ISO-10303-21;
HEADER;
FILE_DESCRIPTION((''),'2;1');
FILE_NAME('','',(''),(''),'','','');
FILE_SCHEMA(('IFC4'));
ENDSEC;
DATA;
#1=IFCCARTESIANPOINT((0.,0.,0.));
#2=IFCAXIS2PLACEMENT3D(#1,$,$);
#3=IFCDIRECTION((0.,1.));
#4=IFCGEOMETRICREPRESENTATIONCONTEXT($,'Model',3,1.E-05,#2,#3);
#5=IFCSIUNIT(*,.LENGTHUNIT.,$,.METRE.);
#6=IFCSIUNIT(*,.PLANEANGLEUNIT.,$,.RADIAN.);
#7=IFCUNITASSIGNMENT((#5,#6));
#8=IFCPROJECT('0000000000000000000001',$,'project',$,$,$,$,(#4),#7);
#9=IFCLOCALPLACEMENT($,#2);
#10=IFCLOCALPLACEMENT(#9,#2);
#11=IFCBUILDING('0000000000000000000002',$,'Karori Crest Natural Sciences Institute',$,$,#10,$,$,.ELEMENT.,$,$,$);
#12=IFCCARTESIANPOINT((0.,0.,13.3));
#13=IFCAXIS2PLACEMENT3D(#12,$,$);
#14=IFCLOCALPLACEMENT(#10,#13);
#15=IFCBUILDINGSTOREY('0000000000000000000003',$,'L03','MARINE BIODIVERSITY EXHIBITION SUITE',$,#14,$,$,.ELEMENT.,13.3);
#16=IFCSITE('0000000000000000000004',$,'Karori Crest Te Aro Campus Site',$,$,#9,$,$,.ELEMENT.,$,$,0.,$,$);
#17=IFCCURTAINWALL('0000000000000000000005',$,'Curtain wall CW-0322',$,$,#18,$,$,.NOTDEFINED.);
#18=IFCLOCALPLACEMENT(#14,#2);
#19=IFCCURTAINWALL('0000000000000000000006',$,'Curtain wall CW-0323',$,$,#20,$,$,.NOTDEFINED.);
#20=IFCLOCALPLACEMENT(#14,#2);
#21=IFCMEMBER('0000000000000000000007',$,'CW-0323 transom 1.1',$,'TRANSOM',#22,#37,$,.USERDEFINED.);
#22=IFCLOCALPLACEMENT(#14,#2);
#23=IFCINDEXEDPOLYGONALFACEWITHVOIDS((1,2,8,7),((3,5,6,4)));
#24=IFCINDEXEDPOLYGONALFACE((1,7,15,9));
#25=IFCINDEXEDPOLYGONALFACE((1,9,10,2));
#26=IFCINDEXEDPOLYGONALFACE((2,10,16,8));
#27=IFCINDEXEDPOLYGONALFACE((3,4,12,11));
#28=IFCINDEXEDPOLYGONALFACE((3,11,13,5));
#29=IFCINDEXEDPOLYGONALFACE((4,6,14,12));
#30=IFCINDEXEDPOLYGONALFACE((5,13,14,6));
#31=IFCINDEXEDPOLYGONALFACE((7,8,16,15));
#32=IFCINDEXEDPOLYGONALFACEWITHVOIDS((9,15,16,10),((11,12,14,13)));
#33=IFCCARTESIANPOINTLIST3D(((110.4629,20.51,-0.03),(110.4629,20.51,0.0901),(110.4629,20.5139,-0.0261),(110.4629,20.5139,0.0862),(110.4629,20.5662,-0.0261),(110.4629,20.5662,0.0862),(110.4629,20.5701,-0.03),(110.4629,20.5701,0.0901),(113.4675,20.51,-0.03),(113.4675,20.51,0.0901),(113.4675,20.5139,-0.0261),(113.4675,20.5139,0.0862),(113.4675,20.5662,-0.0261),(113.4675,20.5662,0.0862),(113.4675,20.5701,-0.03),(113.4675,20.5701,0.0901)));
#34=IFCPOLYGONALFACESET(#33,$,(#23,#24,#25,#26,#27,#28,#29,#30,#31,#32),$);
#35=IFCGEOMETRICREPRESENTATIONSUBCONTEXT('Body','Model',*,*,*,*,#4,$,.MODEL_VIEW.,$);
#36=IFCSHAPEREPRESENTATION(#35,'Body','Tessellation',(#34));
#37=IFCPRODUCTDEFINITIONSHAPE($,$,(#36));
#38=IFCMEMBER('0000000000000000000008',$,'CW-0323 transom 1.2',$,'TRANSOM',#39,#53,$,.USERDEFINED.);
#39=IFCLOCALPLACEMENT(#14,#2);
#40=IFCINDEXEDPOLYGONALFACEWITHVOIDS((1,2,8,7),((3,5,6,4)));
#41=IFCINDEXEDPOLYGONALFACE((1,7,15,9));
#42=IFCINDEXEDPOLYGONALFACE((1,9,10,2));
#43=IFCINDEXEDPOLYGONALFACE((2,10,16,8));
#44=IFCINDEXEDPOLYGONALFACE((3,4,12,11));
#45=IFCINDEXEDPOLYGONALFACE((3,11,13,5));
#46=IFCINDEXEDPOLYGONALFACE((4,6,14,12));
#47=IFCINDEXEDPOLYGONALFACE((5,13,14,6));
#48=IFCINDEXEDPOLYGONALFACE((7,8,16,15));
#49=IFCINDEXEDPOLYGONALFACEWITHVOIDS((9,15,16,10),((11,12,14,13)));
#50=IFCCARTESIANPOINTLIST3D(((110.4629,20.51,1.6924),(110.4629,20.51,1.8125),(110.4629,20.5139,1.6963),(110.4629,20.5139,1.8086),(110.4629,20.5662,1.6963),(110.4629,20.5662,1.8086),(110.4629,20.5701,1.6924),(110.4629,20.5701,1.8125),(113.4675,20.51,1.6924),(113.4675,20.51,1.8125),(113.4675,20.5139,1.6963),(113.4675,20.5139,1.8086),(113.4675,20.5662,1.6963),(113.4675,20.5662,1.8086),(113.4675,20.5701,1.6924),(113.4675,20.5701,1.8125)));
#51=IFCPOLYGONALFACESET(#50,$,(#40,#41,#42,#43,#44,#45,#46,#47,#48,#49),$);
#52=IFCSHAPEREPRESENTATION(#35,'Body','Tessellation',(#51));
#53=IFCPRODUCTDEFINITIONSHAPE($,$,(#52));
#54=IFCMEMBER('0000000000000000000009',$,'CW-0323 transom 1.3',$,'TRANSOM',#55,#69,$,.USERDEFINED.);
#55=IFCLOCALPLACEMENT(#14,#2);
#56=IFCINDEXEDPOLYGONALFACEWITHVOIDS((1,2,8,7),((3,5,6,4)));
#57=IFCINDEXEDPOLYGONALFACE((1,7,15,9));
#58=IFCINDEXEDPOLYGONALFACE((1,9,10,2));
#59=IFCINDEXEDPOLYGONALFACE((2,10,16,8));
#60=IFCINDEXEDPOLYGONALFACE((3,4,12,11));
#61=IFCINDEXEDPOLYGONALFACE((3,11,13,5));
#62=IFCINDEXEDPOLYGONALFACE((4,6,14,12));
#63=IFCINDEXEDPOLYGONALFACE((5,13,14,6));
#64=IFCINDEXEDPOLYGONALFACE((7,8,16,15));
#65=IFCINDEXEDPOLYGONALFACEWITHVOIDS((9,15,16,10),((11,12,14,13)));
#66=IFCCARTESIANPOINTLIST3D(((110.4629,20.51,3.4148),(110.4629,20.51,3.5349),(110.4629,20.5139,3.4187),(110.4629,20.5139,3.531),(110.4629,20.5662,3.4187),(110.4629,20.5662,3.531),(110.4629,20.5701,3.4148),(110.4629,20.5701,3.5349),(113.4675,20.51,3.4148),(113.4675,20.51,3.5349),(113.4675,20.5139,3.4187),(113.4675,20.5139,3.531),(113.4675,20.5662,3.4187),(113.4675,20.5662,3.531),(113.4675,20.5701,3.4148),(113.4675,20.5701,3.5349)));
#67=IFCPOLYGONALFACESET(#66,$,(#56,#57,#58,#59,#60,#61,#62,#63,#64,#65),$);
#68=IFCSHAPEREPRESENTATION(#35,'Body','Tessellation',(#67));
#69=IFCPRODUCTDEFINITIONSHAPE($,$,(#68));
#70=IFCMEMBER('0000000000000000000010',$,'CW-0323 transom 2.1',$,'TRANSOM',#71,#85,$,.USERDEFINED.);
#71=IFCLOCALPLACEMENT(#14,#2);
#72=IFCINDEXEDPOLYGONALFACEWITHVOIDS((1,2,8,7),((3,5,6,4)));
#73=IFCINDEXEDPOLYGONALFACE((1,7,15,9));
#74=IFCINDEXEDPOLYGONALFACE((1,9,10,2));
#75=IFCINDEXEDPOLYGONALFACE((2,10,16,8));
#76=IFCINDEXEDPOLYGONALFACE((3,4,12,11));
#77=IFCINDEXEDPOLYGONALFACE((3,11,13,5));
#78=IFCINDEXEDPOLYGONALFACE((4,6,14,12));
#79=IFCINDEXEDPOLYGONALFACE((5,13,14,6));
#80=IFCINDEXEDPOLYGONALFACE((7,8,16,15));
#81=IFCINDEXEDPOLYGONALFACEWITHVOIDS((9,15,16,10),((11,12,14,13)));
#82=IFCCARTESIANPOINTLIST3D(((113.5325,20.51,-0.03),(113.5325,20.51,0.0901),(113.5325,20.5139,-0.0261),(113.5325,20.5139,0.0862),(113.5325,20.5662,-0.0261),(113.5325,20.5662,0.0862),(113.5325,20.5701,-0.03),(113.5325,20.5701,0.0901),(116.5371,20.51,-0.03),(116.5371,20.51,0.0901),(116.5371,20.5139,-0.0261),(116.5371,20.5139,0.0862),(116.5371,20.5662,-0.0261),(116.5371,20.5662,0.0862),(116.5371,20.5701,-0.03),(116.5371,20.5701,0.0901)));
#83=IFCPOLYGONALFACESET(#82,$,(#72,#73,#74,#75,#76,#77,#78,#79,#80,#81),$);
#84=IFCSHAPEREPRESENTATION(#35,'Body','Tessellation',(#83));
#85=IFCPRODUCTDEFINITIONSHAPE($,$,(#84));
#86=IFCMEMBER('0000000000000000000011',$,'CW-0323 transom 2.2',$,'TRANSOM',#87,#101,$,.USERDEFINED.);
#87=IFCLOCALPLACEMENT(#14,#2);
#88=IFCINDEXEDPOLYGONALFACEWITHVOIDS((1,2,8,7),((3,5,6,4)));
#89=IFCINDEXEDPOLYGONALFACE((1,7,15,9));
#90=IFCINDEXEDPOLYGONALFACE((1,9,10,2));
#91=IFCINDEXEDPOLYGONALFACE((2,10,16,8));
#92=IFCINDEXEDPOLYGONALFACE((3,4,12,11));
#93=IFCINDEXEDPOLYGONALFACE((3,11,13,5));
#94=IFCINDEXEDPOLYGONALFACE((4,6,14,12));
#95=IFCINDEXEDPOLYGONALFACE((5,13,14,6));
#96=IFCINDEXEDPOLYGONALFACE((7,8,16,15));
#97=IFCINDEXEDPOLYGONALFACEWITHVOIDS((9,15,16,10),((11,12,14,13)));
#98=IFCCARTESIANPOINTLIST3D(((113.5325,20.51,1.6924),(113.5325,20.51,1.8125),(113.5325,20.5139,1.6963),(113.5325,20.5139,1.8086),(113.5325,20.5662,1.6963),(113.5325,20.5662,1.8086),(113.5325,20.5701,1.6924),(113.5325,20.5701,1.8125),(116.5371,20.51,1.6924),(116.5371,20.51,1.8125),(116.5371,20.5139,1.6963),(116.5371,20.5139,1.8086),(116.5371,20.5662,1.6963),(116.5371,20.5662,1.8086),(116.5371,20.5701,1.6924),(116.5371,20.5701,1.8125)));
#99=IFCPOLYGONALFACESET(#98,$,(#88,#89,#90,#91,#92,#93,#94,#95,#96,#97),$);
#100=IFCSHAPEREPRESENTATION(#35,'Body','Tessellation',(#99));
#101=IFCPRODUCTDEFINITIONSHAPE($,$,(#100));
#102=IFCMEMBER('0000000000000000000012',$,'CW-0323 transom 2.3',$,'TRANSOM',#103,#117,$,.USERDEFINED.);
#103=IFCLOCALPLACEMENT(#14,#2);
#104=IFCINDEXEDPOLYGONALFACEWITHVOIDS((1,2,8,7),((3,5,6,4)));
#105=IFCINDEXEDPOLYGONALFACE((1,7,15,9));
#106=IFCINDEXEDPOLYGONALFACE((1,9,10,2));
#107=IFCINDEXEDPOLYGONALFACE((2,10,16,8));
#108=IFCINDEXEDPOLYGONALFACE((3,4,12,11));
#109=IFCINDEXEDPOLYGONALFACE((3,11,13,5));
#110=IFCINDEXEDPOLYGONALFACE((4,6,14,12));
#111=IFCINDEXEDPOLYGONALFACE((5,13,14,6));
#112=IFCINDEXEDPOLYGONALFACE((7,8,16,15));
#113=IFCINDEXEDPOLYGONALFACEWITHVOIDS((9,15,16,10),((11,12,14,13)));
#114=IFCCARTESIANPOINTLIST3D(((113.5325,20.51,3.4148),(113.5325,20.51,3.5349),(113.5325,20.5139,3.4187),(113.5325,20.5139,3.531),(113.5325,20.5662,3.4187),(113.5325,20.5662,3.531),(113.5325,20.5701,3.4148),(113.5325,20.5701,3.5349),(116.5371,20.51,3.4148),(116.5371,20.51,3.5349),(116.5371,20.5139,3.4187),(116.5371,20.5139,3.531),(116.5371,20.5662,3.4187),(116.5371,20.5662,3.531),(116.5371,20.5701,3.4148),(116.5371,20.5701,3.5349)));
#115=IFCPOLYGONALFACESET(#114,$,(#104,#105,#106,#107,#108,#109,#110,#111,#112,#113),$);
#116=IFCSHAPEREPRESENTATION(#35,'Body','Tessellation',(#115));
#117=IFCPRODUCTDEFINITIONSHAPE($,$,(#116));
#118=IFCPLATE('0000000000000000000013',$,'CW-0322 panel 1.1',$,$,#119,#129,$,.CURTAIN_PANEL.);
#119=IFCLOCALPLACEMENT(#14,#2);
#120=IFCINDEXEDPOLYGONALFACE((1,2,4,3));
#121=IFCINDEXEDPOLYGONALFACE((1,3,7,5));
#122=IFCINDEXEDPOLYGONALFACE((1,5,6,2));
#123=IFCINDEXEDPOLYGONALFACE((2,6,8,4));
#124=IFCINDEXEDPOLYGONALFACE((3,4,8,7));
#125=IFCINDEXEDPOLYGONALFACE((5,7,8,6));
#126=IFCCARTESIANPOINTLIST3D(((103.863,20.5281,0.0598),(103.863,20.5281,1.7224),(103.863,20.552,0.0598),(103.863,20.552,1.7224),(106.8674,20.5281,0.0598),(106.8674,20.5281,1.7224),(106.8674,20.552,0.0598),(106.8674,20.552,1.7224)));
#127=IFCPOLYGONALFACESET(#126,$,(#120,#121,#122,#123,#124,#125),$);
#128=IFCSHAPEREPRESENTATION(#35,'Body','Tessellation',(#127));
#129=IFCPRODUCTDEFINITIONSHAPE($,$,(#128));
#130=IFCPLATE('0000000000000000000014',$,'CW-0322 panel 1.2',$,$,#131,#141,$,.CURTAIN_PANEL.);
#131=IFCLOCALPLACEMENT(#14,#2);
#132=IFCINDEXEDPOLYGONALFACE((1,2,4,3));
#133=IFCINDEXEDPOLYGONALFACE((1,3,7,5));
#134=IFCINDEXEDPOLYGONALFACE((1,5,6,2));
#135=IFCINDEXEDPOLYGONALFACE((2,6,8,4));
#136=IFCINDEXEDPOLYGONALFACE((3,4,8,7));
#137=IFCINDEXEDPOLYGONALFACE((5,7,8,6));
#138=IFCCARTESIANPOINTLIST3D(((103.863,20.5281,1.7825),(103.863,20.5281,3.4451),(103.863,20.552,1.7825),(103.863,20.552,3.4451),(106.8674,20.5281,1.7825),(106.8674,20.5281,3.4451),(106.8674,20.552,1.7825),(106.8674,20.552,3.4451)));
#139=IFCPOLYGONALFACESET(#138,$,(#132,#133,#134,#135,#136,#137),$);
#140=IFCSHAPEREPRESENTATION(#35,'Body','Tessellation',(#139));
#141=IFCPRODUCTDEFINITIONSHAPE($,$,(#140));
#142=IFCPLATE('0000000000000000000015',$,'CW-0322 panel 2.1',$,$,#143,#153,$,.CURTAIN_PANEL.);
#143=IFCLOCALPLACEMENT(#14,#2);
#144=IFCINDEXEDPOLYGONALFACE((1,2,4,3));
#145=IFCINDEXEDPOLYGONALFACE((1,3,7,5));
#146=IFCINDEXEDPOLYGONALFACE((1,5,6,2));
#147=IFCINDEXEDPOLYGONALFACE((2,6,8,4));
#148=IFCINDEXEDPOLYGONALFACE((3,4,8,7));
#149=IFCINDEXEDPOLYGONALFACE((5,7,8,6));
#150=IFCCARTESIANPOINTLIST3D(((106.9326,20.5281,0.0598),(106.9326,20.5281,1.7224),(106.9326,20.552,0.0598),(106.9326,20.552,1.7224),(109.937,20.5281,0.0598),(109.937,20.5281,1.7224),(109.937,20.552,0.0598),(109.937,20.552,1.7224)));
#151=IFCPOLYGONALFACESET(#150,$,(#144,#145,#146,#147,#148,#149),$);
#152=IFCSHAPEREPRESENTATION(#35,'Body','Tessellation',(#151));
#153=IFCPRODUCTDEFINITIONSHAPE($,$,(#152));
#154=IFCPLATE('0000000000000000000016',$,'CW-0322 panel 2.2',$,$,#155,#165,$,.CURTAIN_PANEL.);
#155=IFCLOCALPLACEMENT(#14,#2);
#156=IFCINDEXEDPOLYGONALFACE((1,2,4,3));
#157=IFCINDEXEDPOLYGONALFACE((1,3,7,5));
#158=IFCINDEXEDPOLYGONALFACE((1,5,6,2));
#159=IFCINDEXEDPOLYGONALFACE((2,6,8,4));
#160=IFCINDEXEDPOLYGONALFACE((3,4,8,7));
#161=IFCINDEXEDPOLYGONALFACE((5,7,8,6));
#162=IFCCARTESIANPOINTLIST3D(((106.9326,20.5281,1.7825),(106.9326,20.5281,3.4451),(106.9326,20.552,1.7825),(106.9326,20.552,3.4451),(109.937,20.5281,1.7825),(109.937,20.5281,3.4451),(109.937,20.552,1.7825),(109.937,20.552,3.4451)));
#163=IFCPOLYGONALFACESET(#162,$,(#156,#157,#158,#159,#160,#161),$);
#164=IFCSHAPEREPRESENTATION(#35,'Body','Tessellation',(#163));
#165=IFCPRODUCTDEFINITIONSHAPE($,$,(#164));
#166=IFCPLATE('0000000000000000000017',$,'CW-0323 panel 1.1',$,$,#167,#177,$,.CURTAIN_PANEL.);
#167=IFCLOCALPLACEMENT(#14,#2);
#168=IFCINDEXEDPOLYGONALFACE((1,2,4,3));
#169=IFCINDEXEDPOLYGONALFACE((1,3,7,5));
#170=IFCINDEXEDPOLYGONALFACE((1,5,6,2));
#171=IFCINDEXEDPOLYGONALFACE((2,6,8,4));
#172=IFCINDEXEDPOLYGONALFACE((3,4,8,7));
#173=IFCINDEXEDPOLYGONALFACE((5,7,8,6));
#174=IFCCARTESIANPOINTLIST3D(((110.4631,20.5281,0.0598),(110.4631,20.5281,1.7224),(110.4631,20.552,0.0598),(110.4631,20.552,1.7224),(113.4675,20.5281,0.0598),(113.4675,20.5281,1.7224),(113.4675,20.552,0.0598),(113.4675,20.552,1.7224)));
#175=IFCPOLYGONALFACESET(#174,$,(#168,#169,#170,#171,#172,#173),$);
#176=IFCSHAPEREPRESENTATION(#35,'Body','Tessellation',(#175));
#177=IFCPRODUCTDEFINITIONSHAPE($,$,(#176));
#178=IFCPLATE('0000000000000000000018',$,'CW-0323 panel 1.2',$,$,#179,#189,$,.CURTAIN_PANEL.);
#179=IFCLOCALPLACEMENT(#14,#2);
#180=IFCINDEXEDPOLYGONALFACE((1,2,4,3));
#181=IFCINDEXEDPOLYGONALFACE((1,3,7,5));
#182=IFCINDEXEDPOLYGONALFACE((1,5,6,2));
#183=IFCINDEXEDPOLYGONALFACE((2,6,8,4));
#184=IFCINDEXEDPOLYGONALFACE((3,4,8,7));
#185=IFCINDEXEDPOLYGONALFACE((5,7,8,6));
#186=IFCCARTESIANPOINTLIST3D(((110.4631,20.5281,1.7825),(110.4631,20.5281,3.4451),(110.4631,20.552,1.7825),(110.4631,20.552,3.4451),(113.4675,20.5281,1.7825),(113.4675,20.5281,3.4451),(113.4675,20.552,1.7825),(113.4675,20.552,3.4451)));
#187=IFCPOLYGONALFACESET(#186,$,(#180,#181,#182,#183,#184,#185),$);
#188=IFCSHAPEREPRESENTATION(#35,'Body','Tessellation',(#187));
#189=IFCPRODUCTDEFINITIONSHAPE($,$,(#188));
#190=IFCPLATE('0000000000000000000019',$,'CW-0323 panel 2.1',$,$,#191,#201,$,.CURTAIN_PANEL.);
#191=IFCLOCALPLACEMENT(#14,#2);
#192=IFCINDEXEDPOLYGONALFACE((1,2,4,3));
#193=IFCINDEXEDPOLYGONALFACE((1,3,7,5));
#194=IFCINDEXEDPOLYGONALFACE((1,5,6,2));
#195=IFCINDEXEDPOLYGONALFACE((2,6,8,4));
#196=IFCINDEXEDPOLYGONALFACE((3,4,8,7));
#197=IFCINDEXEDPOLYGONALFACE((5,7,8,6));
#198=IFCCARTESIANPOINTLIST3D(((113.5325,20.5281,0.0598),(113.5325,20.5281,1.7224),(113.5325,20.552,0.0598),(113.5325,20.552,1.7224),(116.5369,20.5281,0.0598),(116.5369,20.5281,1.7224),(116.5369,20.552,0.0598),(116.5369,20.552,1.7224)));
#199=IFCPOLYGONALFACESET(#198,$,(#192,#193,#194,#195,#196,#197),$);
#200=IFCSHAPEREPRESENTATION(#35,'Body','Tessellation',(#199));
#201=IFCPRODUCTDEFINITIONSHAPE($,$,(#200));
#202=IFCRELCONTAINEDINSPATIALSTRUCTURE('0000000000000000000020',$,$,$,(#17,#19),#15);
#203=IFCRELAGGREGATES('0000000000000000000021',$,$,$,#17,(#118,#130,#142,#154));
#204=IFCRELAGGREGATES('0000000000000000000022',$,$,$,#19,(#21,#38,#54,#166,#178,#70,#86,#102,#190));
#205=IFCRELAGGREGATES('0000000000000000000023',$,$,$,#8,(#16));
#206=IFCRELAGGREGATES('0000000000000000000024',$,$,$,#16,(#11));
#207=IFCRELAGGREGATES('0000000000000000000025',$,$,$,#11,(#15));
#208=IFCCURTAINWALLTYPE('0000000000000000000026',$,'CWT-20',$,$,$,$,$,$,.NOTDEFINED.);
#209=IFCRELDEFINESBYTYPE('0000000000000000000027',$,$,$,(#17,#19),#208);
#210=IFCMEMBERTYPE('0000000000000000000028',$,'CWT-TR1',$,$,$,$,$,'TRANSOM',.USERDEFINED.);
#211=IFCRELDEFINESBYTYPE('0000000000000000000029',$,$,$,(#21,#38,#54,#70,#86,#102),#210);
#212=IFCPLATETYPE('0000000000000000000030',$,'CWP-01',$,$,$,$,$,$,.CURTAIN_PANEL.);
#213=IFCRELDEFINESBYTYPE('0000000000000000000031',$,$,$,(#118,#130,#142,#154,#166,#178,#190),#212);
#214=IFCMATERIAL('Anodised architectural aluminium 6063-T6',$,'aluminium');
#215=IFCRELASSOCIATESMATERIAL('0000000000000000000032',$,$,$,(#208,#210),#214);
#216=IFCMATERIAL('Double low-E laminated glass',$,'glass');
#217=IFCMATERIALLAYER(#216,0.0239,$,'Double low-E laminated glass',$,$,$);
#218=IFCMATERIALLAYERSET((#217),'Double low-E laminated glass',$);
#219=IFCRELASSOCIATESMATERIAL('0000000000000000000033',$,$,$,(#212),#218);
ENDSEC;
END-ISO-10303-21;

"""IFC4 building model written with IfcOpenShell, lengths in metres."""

from ifc_helpers import new_model, si_unit, direction, frame, origin, origin_2d, place, context, subcontext, project, spatial, rectangle, hollow_rectangle, extrude, material, layer, layer_set, material_profile, profile_set, type_object, element, aggregate, save


model = new_model("IFC4")

# Units and contexts
model_context = context("Model", 3, precision=1e-05, world=origin(), true_north=direction((0.0, 1.0)))
body_context = subcontext(model_context, "Body", "Model", "MODEL_VIEW")
ifc_project = project(units=[si_unit("LENGTHUNIT", "METRE"), si_unit("PLANEANGLEUNIT", "RADIAN")], contexts=[model_context])

# Site, building, storey
site_placement = place(None, origin())
site = spatial("IfcSite", under=ifc_project, at=site_placement, Name="Karori Crest Te Aro Campus Site", CompositionType="ELEMENT", RefElevation=0.0)
building_placement = place(site_placement, origin())
building = spatial("IfcBuilding", under=site, at=building_placement, Name="Karori Crest Natural Sciences Institute", CompositionType="ELEMENT")
storey_placement = place(building_placement, frame((0.0, 0.0, 13.3)))
storey = spatial("IfcBuildingStorey", under=building, at=storey_placement, Name="L03", Description="MARINE BIODIVERSITY EXHIBITION SUITE", CompositionType="ELEMENT", Elevation=13.3)

# Curtain walls
ifc_material_1 = material(Name="Anodised architectural aluminium 6063-T6", Category="aluminium")
curtain_wall_type = type_object("IfcCurtainWallType", Name="CWT-20", PredefinedType="NOTDEFINED", material=ifc_material_1)
curtain_wall_1_placement = place(storey_placement, origin())
curtain_wall_1 = element("IfcCurtainWall", 1, at=curtain_wall_1_placement, inside=storey, type_object=curtain_wall_type, Name="Curtain wall CW-0322", PredefinedType="NOTDEFINED")
curtain_wall_2_placement = place(storey_placement, origin())
curtain_wall_2 = element("IfcCurtainWall", 2, at=curtain_wall_2_placement, inside=storey, type_object=curtain_wall_type, Name="Curtain wall CW-0323", PredefinedType="NOTDEFINED")

# Members
ifc_material_profile_1 = material_profile(ifc_material_1, hollow_rectangle(XDim=0.0601, YDim=0.1201, WallThickness=0.0039, at=origin_2d()), Name="CWT120x60x4")
ifc_profile_set_1 = profile_set([ifc_material_profile_1], Name="Anodised architectural aluminium 6063-T6")
member_type_1 = type_object("IfcMemberType", Name="CWT-TR1", ElementType="TRANSOM", PredefinedType="USERDEFINED", material=ifc_profile_set_1)
member_1_placement = place(storey_placement, frame((110.4629, 20.54, 0.03), z_axis=(1.0, 0.0, 0.0), x_axis=(0.0, 1.0, 0.0)))
member_1 = element("IfcMember", 3, at=member_1_placement, type_object=member_type_1, Name="CW-0323 transom 1.1", ObjectType="TRANSOM", PredefinedType="USERDEFINED", context=body_context, shape_type="SweptSolid", body=[
    extrude(hollow_rectangle(XDim=0.0601, YDim=0.1201, WallThickness=0.0039, at=origin_2d()), origin(), (0.0, 0.0, 1.0), 3.0046),
])
member_2_placement = place(storey_placement, frame((110.4629, 20.54, 1.7524), z_axis=(1.0, 0.0, 0.0), x_axis=(0.0, 1.0, 0.0)))
member_2 = element("IfcMember", 4, at=member_2_placement, type_object=member_type_1, Name="CW-0323 transom 1.2", ObjectType="TRANSOM", PredefinedType="USERDEFINED", context=body_context, shape_type="SweptSolid", body=[
    extrude(hollow_rectangle(XDim=0.0601, YDim=0.1201, WallThickness=0.0039, at=origin_2d()), origin(), (0.0, 0.0, 1.0), 3.0046),
])
member_3_placement = place(storey_placement, frame((110.4629, 20.54, 3.4749), z_axis=(1.0, 0.0, 0.0), x_axis=(0.0, 1.0, 0.0)))
member_3 = element("IfcMember", 5, at=member_3_placement, type_object=member_type_1, Name="CW-0323 transom 1.3", ObjectType="TRANSOM", PredefinedType="USERDEFINED", context=body_context, shape_type="SweptSolid", body=[
    extrude(hollow_rectangle(XDim=0.0601, YDim=0.1201, WallThickness=0.0039, at=origin_2d()), origin(), (0.0, 0.0, 1.0), 3.0046),
])
member_4_placement = place(storey_placement, frame((113.5325, 20.54, 0.03), z_axis=(1.0, 0.0, 0.0), x_axis=(0.0, 1.0, 0.0)))
member_4 = element("IfcMember", 6, at=member_4_placement, type_object=member_type_1, Name="CW-0323 transom 2.1", ObjectType="TRANSOM", PredefinedType="USERDEFINED", context=body_context, shape_type="SweptSolid", body=[
    extrude(hollow_rectangle(XDim=0.0601, YDim=0.1201, WallThickness=0.0039, at=origin_2d()), origin(), (0.0, 0.0, 1.0), 3.0046),
])
member_5_placement = place(storey_placement, frame((113.5325, 20.54, 1.7524), z_axis=(1.0, 0.0, 0.0), x_axis=(0.0, 1.0, 0.0)))
member_5 = element("IfcMember", 7, at=member_5_placement, type_object=member_type_1, Name="CW-0323 transom 2.2", ObjectType="TRANSOM", PredefinedType="USERDEFINED", context=body_context, shape_type="SweptSolid", body=[
    extrude(hollow_rectangle(XDim=0.0601, YDim=0.1201, WallThickness=0.0039, at=origin_2d()), origin(), (0.0, 0.0, 1.0), 3.0046),
])
member_6_placement = place(storey_placement, frame((113.5325, 20.54, 3.4749), z_axis=(1.0, 0.0, 0.0), x_axis=(0.0, 1.0, 0.0)))
member_6 = element("IfcMember", 8, at=member_6_placement, type_object=member_type_1, Name="CW-0323 transom 2.3", ObjectType="TRANSOM", PredefinedType="USERDEFINED", context=body_context, shape_type="SweptSolid", body=[
    extrude(hollow_rectangle(XDim=0.0601, YDim=0.1201, WallThickness=0.0039, at=origin_2d()), origin(), (0.0, 0.0, 1.0), 3.0046),
])

# Plates
ifc_material_2 = material(Name="Double low-E laminated glass", Category="glass")
ifc_layer = layer(ifc_material_2, 0.0239, Name="Double low-E laminated glass")
ifc_layer_set = layer_set([ifc_layer], Name="Double low-E laminated glass")
plate_type = type_object("IfcPlateType", Name="CWP-01", PredefinedType="CURTAIN_PANEL", material=ifc_layer_set)
plate_1_placement = place(storey_placement, frame((105.3652, 20.54, 0.0598), z_axis=(0.0, 0.0, 1.0), x_axis=(1.0, 0.0, 0.0)))
plate_1 = element("IfcPlate", 9, at=plate_1_placement, type_object=plate_type, Name="CW-0322 panel 1.1", PredefinedType="CURTAIN_PANEL", context=body_context, shape_type="SweptSolid", body=[
    extrude(rectangle(XDim=3.0044, YDim=0.0239, at=origin_2d()), origin(), (0.0, 0.0, 1.0), 1.6626),
])
plate_2_placement = place(storey_placement, frame((105.3652, 20.54, 1.7825), z_axis=(0.0, 0.0, 1.0), x_axis=(1.0, 0.0, 0.0)))
plate_2 = element("IfcPlate", 10, at=plate_2_placement, type_object=plate_type, Name="CW-0322 panel 1.2", PredefinedType="CURTAIN_PANEL", context=body_context, shape_type="SweptSolid", body=[
    extrude(rectangle(XDim=3.0044, YDim=0.0239, at=origin_2d()), origin(), (0.0, 0.0, 1.0), 1.6626),
])
plate_3_placement = place(storey_placement, frame((108.4348, 20.54, 0.0598), z_axis=(0.0, 0.0, 1.0), x_axis=(1.0, 0.0, 0.0)))
plate_3 = element("IfcPlate", 11, at=plate_3_placement, type_object=plate_type, Name="CW-0322 panel 2.1", PredefinedType="CURTAIN_PANEL", context=body_context, shape_type="SweptSolid", body=[
    extrude(rectangle(XDim=3.0044, YDim=0.0239, at=origin_2d()), origin(), (0.0, 0.0, 1.0), 1.6626),
])
plate_4_placement = place(storey_placement, frame((108.4348, 20.54, 1.7825), z_axis=(0.0, 0.0, 1.0), x_axis=(1.0, 0.0, 0.0)))
plate_4 = element("IfcPlate", 12, at=plate_4_placement, type_object=plate_type, Name="CW-0322 panel 2.2", PredefinedType="CURTAIN_PANEL", context=body_context, shape_type="SweptSolid", body=[
    extrude(rectangle(XDim=3.0044, YDim=0.0239, at=origin_2d()), origin(), (0.0, 0.0, 1.0), 1.6626),
])
aggregate(curtain_wall_1, [plate_1, plate_2, plate_3, plate_4])
plate_5_placement = place(storey_placement, frame((111.9653, 20.54, 0.0598), z_axis=(0.0, 0.0, 1.0), x_axis=(1.0, 0.0, 0.0)))
plate_5 = element("IfcPlate", 13, at=plate_5_placement, type_object=plate_type, Name="CW-0323 panel 1.1", PredefinedType="CURTAIN_PANEL", context=body_context, shape_type="SweptSolid", body=[
    extrude(rectangle(XDim=3.0044, YDim=0.0239, at=origin_2d()), origin(), (0.0, 0.0, 1.0), 1.6626),
])
plate_6_placement = place(storey_placement, frame((111.9653, 20.54, 1.7825), z_axis=(0.0, 0.0, 1.0), x_axis=(1.0, 0.0, 0.0)))
plate_6 = element("IfcPlate", 14, at=plate_6_placement, type_object=plate_type, Name="CW-0323 panel 1.2", PredefinedType="CURTAIN_PANEL", context=body_context, shape_type="SweptSolid", body=[
    extrude(rectangle(XDim=3.0044, YDim=0.0239, at=origin_2d()), origin(), (0.0, 0.0, 1.0), 1.6626),
])
plate_7_placement = place(storey_placement, frame((115.0347, 20.54, 0.0598), z_axis=(0.0, 0.0, 1.0), x_axis=(1.0, 0.0, 0.0)))
plate_7 = element("IfcPlate", 15, at=plate_7_placement, type_object=plate_type, Name="CW-0323 panel 2.1", PredefinedType="CURTAIN_PANEL", context=body_context, shape_type="SweptSolid", body=[
    extrude(rectangle(XDim=3.0044, YDim=0.0239, at=origin_2d()), origin(), (0.0, 0.0, 1.0), 1.6626),
])
aggregate(curtain_wall_2, [member_1, member_2, member_3, plate_5, plate_6, member_4, member_5, member_6, plate_7])

save(model, "model.ifc")
